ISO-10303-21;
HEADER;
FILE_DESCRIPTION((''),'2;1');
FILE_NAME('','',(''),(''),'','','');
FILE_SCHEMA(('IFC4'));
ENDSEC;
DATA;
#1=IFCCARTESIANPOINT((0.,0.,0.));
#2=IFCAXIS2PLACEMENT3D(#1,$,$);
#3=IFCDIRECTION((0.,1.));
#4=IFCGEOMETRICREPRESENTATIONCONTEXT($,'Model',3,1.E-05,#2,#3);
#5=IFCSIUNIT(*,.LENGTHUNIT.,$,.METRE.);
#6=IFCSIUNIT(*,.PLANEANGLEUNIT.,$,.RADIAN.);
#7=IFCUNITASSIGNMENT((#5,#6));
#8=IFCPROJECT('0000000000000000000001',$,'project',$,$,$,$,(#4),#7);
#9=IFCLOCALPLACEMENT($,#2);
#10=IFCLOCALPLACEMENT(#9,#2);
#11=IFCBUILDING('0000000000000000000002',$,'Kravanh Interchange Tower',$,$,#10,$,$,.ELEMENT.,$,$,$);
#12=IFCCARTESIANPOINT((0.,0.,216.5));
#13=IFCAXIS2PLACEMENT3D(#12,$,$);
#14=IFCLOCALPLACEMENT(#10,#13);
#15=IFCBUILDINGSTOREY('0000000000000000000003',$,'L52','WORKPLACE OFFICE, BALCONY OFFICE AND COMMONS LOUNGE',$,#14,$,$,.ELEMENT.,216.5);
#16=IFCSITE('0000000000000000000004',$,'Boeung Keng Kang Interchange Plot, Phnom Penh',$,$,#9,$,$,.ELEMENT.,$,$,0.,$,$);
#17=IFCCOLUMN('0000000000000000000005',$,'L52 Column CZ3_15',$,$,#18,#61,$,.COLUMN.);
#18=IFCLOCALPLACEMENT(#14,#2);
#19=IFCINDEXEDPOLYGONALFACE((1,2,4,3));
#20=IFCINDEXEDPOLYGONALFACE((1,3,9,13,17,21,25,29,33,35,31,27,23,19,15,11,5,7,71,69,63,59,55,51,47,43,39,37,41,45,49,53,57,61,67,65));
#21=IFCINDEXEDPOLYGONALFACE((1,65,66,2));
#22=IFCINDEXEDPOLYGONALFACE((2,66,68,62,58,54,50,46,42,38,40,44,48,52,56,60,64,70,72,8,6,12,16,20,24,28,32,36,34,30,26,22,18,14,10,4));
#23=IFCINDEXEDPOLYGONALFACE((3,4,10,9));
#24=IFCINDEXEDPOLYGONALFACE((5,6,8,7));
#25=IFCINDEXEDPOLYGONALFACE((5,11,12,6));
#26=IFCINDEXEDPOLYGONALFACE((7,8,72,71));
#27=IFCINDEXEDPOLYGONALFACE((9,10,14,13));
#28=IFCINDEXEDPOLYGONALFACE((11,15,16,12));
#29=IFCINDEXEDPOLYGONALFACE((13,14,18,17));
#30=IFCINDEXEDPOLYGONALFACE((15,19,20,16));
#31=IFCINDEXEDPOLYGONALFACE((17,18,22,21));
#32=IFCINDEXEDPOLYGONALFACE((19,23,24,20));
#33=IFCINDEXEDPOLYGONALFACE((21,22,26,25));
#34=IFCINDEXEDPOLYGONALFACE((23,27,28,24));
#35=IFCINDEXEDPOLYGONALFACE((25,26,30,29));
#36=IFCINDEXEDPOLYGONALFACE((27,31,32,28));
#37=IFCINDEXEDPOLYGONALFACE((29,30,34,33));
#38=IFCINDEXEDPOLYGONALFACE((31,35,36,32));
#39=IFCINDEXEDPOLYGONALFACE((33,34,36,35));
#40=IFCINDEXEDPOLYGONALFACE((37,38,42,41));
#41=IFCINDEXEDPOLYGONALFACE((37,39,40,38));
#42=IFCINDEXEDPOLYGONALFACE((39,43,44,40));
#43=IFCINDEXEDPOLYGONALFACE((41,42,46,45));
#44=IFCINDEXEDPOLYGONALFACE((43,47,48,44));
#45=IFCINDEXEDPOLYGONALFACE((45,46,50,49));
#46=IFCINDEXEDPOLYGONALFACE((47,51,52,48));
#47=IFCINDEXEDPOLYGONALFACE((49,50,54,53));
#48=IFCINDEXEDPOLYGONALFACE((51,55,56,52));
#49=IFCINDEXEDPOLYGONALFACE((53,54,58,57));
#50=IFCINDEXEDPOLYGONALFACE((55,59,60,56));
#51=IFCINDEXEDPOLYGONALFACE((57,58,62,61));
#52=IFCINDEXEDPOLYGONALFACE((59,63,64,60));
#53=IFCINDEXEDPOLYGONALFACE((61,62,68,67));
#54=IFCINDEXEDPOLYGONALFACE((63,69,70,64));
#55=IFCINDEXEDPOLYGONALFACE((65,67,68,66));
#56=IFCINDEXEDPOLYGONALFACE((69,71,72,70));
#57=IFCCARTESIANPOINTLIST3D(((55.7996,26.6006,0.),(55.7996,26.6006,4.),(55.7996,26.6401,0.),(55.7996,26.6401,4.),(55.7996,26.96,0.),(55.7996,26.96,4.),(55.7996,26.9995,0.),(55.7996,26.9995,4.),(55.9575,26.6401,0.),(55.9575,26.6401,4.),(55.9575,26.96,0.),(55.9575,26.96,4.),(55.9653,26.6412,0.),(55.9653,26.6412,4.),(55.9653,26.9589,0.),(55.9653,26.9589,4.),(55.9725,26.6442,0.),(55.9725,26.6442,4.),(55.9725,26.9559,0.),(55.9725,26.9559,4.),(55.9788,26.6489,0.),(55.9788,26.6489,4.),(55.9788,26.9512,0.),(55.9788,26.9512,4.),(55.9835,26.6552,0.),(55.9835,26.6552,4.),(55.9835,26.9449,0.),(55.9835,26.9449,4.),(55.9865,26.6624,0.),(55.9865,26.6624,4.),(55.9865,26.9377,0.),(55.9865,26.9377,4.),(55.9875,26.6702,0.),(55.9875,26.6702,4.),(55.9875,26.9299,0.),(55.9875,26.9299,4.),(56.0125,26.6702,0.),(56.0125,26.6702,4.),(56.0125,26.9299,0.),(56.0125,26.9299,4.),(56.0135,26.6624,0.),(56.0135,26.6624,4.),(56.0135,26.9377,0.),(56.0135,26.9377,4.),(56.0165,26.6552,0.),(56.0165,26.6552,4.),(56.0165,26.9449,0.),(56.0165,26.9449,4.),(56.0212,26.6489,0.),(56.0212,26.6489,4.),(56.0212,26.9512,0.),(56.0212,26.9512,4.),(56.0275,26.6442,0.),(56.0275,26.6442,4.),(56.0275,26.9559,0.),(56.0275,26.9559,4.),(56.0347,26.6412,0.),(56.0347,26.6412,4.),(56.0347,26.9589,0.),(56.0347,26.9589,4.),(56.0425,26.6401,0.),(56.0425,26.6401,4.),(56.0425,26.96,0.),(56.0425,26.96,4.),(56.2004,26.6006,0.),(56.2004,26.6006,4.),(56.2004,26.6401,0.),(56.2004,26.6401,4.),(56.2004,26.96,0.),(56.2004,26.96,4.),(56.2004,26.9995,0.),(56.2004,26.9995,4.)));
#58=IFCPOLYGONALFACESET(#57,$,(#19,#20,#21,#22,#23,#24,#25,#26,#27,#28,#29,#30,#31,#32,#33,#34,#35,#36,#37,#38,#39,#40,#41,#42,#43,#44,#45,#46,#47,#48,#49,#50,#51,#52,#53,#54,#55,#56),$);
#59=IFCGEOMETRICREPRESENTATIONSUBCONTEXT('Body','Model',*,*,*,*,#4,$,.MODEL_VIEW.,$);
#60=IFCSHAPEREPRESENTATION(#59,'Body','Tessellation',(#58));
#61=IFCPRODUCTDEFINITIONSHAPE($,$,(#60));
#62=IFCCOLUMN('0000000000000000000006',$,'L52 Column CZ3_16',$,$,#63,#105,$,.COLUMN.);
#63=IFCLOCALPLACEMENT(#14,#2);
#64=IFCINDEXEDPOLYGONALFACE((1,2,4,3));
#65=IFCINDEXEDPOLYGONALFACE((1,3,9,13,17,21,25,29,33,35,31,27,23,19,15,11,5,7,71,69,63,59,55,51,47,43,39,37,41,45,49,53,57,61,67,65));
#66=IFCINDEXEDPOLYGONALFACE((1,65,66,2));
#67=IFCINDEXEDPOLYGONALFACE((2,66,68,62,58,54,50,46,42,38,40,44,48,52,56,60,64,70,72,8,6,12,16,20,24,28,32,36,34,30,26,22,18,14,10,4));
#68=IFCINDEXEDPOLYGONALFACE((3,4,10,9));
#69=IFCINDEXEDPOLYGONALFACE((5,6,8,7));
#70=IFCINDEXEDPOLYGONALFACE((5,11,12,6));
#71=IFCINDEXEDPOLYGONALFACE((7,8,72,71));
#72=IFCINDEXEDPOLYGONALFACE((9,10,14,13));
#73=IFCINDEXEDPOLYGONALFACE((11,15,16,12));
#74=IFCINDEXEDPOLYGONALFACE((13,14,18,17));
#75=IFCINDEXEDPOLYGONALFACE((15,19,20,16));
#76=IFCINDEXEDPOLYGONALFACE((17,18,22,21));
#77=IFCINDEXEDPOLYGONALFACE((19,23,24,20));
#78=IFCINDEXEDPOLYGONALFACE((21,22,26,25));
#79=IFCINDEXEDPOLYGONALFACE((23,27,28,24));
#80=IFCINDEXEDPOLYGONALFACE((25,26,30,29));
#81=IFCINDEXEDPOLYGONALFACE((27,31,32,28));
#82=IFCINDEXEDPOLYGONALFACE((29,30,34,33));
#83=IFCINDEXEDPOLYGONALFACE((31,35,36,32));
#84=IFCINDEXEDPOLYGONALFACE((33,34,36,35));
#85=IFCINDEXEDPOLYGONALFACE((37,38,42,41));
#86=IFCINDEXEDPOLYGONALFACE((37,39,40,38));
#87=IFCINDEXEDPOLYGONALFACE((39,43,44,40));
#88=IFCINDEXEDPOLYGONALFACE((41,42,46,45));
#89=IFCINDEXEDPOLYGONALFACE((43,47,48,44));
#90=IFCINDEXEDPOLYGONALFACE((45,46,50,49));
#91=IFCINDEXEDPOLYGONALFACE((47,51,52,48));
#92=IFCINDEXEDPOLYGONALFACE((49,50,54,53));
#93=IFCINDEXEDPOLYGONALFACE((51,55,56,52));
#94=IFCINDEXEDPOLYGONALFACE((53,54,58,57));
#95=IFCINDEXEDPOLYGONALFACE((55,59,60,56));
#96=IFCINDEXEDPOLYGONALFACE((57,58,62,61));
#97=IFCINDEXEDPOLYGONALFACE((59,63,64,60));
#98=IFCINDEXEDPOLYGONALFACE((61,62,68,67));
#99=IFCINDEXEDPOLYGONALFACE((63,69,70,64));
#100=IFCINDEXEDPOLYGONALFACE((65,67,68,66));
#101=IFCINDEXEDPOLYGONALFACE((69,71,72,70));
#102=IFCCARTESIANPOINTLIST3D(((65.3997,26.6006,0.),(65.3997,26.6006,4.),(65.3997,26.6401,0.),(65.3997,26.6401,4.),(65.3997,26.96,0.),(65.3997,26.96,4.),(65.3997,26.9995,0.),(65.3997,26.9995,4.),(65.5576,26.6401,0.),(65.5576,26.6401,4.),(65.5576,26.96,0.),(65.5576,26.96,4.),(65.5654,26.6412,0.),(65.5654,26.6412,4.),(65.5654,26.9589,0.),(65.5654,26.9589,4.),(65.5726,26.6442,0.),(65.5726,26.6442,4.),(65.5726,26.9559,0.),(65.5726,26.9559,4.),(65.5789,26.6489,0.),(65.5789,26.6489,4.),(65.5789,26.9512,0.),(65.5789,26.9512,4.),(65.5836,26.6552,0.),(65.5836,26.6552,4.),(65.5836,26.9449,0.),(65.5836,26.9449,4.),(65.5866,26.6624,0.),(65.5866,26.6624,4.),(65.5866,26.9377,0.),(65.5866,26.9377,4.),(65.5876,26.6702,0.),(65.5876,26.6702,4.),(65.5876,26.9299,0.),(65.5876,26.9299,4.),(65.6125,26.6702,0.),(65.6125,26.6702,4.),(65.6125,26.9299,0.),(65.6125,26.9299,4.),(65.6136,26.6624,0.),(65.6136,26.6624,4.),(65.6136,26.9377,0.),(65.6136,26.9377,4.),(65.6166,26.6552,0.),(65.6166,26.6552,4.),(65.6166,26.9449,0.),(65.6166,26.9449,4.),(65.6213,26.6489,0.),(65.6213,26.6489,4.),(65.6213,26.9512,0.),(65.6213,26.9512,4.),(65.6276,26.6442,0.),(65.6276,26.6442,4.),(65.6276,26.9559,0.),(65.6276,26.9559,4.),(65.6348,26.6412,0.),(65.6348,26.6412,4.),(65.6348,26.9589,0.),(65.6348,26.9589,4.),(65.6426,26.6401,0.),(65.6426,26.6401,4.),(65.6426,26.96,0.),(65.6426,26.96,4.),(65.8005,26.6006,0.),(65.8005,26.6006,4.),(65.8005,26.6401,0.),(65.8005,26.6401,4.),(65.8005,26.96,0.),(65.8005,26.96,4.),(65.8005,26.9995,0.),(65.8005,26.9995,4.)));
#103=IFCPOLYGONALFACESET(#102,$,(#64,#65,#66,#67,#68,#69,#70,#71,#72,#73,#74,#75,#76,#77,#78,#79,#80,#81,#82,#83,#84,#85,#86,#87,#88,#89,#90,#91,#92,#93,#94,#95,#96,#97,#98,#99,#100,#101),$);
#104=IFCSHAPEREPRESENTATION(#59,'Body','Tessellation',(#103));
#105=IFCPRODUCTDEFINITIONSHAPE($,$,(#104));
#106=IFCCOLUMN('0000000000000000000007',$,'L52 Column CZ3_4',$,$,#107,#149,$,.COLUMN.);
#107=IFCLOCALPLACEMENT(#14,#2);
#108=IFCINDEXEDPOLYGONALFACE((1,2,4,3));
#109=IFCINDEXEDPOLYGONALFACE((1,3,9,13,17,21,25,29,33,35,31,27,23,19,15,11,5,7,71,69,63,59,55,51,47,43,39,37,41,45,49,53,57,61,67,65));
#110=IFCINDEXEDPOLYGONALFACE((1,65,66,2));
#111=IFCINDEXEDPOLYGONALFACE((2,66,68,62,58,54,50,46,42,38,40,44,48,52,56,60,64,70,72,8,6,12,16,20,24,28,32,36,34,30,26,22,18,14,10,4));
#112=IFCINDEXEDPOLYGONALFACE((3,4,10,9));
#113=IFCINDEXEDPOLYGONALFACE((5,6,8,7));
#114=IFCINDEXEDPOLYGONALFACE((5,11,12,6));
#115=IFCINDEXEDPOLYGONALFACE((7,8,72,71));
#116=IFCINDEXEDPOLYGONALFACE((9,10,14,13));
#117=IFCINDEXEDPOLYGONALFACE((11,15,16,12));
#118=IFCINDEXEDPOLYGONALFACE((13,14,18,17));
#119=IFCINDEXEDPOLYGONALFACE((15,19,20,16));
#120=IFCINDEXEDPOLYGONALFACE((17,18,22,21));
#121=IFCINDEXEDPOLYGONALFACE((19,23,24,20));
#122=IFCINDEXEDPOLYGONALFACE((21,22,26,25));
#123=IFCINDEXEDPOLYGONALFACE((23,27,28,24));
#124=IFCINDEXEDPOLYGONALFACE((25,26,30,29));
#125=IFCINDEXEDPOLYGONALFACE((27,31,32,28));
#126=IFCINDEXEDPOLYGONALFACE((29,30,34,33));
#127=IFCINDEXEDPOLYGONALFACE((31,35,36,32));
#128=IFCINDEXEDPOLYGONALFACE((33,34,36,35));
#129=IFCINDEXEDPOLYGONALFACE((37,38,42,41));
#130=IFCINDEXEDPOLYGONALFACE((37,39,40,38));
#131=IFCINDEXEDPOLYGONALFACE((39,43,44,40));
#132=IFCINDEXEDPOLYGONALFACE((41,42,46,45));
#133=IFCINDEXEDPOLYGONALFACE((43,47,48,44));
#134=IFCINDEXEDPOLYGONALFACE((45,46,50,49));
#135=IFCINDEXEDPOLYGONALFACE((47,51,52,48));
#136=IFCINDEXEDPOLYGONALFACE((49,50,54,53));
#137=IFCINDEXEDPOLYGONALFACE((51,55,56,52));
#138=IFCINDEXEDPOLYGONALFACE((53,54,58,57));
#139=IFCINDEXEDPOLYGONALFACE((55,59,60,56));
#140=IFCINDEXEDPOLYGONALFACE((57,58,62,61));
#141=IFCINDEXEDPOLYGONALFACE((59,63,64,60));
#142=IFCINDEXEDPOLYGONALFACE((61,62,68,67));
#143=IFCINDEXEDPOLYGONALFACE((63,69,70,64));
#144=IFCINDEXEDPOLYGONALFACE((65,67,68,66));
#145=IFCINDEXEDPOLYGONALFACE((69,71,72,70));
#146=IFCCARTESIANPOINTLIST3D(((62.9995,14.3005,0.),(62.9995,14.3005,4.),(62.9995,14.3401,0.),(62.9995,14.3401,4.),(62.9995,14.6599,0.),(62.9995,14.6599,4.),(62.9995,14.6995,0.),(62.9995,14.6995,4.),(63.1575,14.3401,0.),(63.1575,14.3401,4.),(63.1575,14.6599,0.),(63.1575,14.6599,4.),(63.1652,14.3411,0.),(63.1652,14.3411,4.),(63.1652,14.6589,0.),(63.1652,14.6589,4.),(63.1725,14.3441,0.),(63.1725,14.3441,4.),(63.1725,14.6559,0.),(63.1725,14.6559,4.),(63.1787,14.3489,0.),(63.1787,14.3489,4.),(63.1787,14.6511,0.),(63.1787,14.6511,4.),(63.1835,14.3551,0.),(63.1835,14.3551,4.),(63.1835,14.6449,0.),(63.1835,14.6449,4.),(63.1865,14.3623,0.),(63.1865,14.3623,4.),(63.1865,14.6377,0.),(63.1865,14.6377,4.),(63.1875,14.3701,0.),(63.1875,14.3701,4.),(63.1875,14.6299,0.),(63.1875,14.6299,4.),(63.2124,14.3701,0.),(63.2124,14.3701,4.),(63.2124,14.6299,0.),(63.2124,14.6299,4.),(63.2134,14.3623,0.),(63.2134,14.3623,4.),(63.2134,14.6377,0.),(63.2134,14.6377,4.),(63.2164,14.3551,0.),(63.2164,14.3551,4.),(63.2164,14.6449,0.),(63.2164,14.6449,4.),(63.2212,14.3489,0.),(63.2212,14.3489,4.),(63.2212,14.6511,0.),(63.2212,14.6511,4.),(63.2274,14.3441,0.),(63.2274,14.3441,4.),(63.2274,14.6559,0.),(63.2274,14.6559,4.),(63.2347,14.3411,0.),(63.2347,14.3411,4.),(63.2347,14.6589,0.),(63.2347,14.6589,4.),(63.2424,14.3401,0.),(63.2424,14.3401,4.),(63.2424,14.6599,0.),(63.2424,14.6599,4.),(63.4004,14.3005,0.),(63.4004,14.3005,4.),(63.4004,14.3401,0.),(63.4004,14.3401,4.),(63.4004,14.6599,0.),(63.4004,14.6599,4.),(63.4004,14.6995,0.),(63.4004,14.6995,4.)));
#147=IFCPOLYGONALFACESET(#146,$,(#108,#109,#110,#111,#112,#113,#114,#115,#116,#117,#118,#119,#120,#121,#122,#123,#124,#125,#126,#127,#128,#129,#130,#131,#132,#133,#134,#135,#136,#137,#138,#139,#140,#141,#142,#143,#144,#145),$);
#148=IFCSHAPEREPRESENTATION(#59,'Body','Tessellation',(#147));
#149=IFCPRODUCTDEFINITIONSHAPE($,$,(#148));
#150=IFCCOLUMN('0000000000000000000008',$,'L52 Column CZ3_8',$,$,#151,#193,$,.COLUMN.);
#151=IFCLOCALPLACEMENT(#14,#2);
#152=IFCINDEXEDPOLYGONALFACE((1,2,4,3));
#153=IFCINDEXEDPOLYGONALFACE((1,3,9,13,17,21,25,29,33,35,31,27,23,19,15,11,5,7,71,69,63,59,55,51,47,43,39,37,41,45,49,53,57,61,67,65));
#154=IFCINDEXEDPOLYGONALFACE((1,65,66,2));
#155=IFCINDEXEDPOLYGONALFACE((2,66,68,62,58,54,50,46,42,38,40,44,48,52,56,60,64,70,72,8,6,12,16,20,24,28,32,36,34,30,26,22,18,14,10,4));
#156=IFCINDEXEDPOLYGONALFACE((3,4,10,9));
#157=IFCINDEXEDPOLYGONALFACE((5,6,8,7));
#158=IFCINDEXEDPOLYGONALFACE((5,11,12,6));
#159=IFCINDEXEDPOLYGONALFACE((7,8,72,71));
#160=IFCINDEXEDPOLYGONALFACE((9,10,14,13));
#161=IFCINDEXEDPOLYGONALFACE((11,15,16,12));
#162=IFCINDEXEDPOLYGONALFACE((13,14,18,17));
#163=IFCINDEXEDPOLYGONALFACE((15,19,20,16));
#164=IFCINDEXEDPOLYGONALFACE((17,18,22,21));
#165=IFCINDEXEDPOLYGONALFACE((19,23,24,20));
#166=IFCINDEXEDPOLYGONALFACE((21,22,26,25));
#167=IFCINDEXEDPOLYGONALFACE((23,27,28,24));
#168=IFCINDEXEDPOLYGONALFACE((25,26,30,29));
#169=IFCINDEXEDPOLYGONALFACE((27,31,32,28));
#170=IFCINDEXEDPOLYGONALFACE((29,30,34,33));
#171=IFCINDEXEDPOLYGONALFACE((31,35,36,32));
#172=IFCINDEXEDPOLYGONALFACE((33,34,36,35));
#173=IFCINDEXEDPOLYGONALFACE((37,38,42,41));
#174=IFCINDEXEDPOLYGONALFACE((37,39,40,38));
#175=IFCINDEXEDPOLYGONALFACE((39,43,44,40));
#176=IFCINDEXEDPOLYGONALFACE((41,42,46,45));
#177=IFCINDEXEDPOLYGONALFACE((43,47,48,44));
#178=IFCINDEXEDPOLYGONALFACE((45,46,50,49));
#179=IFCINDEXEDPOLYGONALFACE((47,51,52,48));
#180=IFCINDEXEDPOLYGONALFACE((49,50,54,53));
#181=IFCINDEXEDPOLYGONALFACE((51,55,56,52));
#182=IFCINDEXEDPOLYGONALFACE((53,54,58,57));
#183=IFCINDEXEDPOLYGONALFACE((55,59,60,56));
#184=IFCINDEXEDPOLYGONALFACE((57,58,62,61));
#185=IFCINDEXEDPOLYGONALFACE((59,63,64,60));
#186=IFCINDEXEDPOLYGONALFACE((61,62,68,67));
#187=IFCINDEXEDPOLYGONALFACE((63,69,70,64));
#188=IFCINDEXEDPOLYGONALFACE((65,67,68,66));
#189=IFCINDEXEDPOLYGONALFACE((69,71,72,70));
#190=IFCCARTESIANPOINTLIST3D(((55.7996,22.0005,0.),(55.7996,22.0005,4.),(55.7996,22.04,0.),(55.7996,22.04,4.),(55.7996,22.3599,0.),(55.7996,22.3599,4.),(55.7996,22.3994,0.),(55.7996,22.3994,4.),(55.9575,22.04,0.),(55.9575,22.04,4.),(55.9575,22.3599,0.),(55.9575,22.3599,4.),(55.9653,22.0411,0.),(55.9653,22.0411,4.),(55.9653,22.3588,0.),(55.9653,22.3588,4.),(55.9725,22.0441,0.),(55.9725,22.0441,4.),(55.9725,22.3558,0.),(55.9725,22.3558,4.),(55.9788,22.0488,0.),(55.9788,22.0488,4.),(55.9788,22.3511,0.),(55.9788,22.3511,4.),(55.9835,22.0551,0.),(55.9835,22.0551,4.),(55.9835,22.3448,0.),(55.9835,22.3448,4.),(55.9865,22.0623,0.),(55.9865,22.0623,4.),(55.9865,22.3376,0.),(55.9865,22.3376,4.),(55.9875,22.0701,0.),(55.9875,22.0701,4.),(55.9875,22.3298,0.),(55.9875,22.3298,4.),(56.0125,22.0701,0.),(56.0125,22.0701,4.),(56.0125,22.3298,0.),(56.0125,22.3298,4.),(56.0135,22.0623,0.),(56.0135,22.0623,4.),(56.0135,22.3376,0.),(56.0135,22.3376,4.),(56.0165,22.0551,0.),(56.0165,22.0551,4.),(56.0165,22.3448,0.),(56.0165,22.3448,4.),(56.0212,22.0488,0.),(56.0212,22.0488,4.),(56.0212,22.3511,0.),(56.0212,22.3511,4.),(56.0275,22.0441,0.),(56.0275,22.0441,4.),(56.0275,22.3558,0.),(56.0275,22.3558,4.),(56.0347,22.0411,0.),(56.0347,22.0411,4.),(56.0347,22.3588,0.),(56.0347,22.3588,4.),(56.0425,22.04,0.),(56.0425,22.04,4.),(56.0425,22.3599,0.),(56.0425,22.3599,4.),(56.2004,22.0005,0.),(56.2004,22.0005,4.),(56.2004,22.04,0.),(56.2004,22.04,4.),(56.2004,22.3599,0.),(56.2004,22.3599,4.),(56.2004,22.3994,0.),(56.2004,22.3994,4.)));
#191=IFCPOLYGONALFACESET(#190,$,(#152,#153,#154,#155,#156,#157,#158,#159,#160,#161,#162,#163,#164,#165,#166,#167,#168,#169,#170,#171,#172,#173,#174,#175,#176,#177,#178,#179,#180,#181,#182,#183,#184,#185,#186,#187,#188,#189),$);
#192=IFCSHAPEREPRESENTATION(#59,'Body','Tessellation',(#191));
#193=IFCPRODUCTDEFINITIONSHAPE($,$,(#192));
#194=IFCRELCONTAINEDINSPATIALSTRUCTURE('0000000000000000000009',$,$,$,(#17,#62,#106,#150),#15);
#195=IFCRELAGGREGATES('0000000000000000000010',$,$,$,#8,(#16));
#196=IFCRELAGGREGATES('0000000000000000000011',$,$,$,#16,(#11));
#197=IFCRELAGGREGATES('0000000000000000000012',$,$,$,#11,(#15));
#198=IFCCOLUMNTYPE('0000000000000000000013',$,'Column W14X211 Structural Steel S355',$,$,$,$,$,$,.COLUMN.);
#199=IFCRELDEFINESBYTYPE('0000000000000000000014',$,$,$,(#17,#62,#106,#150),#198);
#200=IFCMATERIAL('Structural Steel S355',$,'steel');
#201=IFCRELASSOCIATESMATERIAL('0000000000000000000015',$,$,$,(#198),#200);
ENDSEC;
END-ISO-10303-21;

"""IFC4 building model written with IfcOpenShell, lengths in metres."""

from ifc_helpers import new_model, si_unit, direction, frame, origin, origin_2d, place, context, subcontext, project, spatial, i_section, extrude, material, material_profile, profile_set, type_object, element, save


model = new_model("IFC4")

# Units and contexts
model_context = context("Model", 3, precision=1e-05, world=origin(), true_north=direction((0.0, 1.0)))
body_context = subcontext(model_context, "Body", "Model", "MODEL_VIEW")
ifc_project = project(units=[si_unit("LENGTHUNIT", "METRE"), si_unit("PLANEANGLEUNIT", "RADIAN")], contexts=[model_context])

# Site, building, storey
site_placement = place(None, origin())
site = spatial("IfcSite", under=ifc_project, at=site_placement, Name="Boeung Keng Kang Interchange Plot, Phnom Penh", CompositionType="ELEMENT", RefElevation=0.0)
building_placement = place(site_placement, origin())
building = spatial("IfcBuilding", under=site, at=building_placement, Name="Kravanh Interchange Tower", CompositionType="ELEMENT")
storey_placement = place(building_placement, frame((0.0, 0.0, 216.5)))
storey = spatial("IfcBuildingStorey", under=building, at=storey_placement, Name="L52", Description="WORKPLACE OFFICE, BALCONY OFFICE AND COMMONS LOUNGE", CompositionType="ELEMENT", Elevation=216.5)

# Columns
ifc_material_1 = material(Name="Structural Steel S355", Category="steel")
ifc_material_profile_1 = material_profile(ifc_material_1, i_section(OverallWidth=0.4009, OverallDepth=0.3989, WebThickness=0.0249, FlangeThickness=0.0396, FilletRadius=0.03, at=origin_2d()), Name="W14X211")
ifc_profile_set_1 = profile_set([ifc_material_profile_1], Name="Structural Steel S355")
column_type = type_object("IfcColumnType", Name="Column W14X211 Structural Steel S355", PredefinedType="COLUMN", material=ifc_profile_set_1)
for number, where, z_axis, x_axis, name in (
    (1, (56.0, 26.8, 0.0), (0.0, 0.0, 1.0), (1.0, 0.0, 0.0), "L52 Column CZ3_15"),
    (2, (65.6001, 26.8, 0.0), (0.0, 0.0, 1.0), (1.0, 0.0, 0.0), "L52 Column CZ3_16"),
    (3, (63.2, 14.5, 0.0), (0.0, 0.0, 1.0), (1.0, 0.0, 0.0), "L52 Column CZ3_4"),
    (4, (56.0, 22.2, 0.0), (0.0, 0.0, 1.0), (1.0, 0.0, 0.0), "L52 Column CZ3_8"),
):
    element("IfcColumn", number, at=place(storey_placement, frame(where, z_axis=z_axis, x_axis=x_axis)), inside=storey, type_object=column_type, Name=name, PredefinedType="COLUMN", context=body_context, shape_type="SweptSolid", body=[
        extrude(i_section(OverallWidth=0.4009, OverallDepth=0.3989, WebThickness=0.0249, FlangeThickness=0.0396, FilletRadius=0.03, at=origin_2d()), origin(), (0.0, 0.0, 1.0), 4.0),
    ])

save(model, "model.ifc")
